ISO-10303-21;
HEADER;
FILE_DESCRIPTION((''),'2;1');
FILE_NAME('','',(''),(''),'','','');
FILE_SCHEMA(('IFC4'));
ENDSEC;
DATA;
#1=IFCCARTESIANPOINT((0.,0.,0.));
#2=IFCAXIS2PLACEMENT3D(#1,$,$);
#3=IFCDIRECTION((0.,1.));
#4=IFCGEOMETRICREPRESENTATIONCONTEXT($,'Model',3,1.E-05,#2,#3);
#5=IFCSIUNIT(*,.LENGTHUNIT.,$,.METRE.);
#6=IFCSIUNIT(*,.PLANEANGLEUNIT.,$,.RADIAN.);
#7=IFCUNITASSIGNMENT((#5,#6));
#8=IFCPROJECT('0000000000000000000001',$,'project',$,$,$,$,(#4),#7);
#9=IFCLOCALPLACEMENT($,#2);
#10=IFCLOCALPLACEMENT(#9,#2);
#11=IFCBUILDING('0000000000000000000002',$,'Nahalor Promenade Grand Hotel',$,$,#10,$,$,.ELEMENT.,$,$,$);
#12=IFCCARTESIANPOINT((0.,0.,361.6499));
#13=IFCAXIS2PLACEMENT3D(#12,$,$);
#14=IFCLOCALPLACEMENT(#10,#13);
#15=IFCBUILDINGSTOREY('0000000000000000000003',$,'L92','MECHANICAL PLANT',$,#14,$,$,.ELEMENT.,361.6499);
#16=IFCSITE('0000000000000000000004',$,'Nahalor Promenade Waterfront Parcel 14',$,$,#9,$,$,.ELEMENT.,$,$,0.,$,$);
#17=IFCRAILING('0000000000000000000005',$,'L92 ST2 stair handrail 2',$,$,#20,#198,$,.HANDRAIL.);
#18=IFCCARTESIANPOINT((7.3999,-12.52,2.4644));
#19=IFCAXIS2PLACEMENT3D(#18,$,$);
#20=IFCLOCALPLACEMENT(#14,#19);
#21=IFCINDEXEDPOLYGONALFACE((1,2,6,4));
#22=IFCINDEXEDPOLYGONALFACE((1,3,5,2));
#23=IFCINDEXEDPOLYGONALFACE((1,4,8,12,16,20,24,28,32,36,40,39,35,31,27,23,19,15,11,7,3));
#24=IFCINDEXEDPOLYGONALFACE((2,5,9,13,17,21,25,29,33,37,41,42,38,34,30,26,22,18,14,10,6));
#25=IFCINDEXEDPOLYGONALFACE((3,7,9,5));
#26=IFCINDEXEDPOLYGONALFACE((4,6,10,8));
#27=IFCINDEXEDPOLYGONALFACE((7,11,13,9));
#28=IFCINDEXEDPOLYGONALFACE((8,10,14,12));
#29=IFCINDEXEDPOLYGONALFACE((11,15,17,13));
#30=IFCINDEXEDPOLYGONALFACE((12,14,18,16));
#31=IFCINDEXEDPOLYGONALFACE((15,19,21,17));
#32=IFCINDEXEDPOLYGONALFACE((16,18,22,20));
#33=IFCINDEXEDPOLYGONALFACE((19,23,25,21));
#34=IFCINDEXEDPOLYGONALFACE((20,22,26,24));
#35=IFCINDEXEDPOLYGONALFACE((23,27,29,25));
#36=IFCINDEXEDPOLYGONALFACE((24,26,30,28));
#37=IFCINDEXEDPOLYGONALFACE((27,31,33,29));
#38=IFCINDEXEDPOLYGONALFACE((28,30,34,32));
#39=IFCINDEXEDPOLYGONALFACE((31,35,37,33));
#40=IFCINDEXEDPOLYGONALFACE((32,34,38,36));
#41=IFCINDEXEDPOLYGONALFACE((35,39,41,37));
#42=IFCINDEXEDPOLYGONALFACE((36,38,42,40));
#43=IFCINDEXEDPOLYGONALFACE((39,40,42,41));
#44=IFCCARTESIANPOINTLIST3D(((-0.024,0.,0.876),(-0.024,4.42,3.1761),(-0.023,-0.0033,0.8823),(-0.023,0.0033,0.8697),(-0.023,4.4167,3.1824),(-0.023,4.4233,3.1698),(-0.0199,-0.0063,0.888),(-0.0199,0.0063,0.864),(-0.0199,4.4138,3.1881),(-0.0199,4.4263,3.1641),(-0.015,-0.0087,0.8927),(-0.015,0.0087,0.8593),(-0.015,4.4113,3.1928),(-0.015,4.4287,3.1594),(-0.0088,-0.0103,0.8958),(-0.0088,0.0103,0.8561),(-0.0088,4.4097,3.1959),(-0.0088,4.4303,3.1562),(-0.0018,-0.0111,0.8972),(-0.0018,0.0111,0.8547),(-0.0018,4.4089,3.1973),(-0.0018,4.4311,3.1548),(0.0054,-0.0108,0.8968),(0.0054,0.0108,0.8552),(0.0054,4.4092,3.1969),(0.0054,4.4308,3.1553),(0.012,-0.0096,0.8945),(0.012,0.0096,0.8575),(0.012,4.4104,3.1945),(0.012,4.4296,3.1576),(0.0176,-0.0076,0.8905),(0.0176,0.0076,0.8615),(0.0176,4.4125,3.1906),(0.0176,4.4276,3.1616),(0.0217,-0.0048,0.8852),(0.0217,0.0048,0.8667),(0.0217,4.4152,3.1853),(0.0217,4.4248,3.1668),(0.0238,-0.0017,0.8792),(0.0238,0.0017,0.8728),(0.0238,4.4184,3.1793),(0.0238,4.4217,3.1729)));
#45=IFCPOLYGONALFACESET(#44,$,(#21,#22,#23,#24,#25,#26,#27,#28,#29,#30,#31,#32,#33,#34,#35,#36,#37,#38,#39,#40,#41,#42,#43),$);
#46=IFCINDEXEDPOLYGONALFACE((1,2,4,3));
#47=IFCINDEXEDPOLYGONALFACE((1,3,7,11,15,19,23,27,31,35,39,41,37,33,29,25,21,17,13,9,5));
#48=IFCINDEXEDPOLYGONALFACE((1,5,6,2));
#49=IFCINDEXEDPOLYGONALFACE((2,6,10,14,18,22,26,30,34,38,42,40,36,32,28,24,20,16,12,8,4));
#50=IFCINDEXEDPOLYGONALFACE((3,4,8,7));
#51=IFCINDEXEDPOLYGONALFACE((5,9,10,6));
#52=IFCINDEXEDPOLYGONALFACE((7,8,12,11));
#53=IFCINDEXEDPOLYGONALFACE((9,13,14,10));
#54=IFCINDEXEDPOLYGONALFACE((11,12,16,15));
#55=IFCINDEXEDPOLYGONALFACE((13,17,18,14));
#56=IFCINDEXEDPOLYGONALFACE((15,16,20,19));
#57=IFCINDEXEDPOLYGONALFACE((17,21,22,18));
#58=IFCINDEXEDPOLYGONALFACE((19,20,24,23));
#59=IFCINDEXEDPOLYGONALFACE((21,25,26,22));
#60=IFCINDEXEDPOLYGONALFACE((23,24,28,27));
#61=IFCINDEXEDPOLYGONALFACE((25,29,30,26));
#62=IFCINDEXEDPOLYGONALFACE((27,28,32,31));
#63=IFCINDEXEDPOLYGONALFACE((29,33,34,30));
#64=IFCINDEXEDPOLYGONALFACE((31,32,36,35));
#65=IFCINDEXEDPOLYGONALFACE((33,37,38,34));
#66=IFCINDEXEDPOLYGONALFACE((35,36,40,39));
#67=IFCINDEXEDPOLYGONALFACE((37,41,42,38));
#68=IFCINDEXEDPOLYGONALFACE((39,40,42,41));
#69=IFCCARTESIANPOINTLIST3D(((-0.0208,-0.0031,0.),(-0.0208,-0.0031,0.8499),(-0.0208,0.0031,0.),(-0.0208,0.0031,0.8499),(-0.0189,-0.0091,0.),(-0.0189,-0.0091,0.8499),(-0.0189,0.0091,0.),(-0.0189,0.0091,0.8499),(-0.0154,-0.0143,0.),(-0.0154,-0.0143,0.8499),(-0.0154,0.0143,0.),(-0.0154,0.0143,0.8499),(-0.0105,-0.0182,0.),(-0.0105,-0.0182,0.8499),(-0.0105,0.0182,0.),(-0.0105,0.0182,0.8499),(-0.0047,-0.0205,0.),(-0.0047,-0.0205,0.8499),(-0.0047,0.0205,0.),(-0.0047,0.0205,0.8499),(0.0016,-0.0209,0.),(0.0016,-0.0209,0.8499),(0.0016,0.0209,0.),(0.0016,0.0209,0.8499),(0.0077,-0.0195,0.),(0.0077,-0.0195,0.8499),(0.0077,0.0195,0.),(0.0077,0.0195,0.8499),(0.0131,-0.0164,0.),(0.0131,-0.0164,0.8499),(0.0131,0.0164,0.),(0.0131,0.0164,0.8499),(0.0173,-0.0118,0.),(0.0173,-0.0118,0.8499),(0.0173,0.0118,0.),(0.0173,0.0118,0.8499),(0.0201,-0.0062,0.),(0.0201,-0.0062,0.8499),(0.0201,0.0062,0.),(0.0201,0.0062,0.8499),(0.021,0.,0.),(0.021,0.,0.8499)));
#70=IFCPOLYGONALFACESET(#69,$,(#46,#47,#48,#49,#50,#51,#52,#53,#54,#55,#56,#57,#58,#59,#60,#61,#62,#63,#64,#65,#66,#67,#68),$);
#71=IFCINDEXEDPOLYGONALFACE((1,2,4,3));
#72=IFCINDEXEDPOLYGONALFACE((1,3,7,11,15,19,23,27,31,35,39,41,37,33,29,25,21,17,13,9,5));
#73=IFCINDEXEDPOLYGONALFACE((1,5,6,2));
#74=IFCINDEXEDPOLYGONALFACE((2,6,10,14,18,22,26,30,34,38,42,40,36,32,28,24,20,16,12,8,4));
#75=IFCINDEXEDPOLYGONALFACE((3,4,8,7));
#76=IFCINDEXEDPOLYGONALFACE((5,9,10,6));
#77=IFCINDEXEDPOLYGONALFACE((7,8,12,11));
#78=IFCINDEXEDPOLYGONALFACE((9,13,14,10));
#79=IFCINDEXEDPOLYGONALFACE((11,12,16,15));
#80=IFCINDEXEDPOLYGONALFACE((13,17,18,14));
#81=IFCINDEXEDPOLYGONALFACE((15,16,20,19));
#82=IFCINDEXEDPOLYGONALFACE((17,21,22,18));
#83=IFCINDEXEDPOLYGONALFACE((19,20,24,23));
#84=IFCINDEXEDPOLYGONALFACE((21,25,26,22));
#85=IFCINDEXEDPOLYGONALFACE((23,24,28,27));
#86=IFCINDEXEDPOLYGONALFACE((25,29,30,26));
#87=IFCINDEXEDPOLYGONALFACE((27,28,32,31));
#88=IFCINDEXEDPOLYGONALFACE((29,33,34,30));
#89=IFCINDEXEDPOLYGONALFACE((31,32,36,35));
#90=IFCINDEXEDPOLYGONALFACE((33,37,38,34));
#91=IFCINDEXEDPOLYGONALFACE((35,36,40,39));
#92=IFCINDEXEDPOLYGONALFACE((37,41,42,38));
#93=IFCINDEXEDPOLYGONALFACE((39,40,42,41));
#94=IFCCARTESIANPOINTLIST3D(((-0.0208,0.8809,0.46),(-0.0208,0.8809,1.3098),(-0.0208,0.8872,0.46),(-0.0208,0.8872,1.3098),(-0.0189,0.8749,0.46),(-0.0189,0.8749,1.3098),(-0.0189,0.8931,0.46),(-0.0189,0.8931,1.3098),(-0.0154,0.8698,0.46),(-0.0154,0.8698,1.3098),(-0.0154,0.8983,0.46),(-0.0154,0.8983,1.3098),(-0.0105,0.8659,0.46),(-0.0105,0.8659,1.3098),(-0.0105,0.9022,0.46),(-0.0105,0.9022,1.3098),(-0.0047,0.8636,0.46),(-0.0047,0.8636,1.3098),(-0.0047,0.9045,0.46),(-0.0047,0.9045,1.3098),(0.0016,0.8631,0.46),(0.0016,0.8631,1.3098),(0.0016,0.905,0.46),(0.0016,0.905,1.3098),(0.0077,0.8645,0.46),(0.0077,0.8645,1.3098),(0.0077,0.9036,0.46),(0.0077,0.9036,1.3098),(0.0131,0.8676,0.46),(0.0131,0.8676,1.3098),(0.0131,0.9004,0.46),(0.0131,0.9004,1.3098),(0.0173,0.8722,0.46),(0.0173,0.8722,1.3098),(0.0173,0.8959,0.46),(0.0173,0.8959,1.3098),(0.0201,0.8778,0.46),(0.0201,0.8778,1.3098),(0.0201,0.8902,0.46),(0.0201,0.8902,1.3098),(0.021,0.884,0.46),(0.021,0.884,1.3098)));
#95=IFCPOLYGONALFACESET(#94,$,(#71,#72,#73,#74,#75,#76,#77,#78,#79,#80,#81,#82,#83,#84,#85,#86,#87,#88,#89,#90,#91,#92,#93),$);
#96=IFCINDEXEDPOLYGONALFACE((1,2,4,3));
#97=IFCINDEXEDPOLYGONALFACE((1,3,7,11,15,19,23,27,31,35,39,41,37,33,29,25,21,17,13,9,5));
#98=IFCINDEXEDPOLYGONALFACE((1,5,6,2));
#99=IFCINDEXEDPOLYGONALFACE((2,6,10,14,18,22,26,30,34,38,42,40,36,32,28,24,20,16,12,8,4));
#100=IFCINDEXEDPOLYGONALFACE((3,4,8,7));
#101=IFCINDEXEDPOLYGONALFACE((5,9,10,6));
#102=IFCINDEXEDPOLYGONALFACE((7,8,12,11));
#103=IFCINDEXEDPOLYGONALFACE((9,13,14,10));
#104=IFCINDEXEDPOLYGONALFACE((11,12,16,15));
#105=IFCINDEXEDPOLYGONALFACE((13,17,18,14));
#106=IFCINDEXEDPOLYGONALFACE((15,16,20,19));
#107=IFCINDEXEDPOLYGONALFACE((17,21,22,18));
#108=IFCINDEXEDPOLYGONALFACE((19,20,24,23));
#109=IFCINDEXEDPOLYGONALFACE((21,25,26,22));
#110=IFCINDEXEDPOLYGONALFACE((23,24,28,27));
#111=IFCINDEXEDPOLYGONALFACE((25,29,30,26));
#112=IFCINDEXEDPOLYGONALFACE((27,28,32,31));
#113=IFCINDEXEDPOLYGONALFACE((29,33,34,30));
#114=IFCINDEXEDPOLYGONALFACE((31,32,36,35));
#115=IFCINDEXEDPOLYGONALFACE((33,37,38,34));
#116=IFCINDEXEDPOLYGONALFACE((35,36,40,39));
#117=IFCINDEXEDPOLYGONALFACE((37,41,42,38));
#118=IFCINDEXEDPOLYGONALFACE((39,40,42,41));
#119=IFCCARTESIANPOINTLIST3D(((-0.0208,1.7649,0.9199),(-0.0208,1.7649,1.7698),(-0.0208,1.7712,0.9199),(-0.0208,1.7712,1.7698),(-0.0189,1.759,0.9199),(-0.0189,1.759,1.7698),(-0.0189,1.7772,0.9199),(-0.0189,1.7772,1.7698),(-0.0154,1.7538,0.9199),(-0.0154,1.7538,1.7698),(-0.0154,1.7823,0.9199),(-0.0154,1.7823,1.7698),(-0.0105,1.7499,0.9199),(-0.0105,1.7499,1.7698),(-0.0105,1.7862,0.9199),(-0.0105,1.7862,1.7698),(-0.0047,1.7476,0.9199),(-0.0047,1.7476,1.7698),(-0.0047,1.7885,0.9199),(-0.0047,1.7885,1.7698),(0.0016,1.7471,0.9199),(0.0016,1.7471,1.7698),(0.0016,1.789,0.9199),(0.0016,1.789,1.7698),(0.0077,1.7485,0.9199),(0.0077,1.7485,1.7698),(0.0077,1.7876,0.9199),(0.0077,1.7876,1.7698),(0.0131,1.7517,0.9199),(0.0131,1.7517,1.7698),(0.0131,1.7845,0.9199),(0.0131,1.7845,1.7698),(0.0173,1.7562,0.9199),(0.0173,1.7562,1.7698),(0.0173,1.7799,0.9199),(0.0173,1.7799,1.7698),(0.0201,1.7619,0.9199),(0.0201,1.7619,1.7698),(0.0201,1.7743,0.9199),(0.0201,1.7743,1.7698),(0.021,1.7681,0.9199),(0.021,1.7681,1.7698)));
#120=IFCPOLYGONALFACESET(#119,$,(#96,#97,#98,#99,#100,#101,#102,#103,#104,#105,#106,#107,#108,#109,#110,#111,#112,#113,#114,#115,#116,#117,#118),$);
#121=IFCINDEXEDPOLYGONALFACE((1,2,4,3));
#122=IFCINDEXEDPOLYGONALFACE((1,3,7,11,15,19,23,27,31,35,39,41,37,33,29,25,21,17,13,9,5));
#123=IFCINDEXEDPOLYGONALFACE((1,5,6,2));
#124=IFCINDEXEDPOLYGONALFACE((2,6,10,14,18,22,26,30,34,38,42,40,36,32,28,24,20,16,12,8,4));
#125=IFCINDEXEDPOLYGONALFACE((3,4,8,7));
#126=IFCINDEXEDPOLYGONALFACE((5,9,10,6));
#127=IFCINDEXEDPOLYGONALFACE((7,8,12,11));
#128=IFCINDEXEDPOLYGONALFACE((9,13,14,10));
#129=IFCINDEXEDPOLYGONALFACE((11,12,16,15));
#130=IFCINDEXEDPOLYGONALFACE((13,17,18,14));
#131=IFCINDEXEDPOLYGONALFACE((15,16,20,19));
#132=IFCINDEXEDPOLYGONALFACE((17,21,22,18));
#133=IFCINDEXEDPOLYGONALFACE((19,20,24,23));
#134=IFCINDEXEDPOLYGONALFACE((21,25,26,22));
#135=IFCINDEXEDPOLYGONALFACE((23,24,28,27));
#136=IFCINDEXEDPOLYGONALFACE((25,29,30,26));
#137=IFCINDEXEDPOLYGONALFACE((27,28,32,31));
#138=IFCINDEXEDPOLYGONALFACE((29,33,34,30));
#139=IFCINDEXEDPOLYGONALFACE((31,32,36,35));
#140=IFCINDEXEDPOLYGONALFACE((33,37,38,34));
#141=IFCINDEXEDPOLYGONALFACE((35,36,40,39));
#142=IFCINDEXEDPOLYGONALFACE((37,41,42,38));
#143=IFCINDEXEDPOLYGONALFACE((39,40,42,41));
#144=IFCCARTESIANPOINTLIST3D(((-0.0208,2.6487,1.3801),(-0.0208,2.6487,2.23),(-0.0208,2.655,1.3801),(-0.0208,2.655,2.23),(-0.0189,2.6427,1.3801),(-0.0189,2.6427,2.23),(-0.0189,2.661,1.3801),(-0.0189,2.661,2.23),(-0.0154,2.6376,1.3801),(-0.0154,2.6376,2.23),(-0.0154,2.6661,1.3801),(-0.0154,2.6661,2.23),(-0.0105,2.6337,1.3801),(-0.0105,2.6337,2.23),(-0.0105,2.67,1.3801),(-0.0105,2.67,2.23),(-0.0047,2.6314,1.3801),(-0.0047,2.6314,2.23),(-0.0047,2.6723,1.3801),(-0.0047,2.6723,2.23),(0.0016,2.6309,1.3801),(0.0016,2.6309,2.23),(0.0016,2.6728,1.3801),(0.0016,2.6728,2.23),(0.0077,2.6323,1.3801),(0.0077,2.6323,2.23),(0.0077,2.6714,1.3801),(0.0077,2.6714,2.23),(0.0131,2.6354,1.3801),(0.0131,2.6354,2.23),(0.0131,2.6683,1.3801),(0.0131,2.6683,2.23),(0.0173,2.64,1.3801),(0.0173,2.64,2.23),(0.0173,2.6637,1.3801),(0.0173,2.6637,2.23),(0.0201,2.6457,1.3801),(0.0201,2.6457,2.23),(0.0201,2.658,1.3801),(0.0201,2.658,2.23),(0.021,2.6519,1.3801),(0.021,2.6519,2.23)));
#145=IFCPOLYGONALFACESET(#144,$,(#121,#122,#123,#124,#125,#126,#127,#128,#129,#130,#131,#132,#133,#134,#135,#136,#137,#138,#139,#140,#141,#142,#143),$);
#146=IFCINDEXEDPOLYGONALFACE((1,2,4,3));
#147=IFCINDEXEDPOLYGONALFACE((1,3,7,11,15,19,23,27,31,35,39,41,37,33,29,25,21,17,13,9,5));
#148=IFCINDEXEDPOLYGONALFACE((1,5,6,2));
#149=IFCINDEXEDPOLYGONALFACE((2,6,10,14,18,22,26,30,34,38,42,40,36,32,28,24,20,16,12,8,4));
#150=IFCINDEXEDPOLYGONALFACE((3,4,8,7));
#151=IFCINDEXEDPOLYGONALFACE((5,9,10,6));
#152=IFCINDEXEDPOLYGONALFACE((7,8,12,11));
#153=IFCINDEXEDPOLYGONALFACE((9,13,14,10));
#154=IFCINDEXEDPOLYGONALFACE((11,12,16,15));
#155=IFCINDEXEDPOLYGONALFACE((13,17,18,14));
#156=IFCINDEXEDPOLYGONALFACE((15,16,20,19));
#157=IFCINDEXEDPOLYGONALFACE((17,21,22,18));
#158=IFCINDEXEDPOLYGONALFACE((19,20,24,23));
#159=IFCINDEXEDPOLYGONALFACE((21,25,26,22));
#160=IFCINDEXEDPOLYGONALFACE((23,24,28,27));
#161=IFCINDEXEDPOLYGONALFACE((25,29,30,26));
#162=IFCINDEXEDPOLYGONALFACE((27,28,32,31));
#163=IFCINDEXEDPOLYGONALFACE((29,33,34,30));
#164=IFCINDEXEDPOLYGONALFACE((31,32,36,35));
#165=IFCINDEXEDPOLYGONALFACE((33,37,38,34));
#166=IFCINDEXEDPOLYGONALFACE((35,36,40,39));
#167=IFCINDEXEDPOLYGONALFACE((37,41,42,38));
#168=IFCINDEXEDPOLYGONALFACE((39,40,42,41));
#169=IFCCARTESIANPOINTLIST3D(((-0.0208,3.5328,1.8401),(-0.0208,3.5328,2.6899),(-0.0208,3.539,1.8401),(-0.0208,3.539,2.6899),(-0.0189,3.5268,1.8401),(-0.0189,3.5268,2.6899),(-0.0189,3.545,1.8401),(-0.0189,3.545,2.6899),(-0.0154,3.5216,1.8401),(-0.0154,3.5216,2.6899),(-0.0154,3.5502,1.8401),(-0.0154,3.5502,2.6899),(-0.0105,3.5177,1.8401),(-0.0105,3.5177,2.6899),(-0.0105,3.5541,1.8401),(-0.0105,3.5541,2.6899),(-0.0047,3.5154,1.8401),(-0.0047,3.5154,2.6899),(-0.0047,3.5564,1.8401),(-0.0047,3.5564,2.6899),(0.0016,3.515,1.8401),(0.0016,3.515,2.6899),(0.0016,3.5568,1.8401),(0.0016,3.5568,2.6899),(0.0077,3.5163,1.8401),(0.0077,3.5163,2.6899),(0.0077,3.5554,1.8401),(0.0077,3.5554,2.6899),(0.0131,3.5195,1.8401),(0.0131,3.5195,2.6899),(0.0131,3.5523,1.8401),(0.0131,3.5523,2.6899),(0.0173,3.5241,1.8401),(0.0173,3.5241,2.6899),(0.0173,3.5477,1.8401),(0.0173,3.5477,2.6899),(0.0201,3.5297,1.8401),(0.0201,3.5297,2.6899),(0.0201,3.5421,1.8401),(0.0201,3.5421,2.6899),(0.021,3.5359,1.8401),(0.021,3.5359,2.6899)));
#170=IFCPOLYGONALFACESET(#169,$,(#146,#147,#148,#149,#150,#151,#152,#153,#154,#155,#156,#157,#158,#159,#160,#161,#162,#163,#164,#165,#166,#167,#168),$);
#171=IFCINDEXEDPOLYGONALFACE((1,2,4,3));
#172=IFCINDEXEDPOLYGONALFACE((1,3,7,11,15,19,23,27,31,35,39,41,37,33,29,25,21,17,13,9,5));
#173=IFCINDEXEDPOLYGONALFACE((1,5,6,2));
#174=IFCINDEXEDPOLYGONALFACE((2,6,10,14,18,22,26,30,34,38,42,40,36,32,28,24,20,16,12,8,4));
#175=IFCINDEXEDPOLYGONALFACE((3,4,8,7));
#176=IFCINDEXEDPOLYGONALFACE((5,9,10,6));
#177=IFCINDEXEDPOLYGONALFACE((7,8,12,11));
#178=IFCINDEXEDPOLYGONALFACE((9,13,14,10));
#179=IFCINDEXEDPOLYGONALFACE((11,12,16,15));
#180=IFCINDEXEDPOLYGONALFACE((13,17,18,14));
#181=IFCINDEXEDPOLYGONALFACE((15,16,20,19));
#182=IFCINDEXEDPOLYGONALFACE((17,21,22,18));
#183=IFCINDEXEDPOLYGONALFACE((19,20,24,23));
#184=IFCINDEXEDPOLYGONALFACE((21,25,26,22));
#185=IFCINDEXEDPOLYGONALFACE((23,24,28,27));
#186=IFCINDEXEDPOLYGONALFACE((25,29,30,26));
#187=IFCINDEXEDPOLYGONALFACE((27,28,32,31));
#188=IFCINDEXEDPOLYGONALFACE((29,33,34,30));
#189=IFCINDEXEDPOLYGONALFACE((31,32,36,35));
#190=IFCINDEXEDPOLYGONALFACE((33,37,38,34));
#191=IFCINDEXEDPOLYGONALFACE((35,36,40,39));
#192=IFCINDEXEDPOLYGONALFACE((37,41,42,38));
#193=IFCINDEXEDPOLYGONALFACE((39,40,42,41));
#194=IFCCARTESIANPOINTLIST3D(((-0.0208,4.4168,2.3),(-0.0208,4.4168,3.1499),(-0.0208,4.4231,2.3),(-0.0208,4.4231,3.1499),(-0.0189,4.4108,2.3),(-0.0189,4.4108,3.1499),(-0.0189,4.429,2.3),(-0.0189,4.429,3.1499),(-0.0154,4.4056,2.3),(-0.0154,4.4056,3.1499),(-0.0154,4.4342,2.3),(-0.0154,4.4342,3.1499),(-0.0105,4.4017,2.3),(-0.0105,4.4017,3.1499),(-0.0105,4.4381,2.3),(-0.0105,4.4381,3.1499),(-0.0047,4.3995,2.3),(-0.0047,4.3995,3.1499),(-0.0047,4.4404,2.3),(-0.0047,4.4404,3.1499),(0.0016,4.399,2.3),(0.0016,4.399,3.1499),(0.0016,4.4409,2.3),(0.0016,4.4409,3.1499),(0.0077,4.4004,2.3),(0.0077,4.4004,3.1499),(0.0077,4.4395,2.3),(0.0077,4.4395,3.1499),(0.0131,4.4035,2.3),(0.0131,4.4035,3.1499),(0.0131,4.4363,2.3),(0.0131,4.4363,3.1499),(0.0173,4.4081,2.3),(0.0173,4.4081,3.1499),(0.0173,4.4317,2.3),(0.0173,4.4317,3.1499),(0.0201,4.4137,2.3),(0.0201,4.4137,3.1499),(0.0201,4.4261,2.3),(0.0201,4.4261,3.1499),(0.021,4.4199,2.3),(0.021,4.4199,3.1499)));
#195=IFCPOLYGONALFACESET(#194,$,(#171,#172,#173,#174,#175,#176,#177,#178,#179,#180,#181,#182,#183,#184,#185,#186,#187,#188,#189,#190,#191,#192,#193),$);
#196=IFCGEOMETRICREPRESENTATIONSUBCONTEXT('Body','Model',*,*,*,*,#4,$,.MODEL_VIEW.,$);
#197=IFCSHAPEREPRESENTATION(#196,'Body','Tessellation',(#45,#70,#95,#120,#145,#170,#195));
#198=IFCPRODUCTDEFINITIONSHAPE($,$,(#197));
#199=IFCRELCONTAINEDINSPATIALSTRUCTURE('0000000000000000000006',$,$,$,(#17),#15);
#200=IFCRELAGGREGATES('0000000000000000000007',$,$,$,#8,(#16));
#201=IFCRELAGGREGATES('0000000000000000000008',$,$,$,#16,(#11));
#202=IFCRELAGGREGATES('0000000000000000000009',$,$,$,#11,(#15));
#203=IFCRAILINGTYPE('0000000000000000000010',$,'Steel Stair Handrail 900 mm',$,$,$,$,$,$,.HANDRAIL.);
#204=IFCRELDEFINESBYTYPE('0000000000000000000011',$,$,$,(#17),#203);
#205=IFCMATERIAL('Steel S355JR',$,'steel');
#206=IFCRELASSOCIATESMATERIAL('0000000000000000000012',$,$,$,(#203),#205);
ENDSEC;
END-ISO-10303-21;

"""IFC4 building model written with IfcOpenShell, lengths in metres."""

from ifc_helpers import new_model, si_unit, direction, frame, origin, origin_2d, place, context, subcontext, project, spatial, circle, extrude, material, type_object, element, save


model = new_model("IFC4")

# Units and contexts
model_context = context("Model", 3, precision=1e-05, world=origin(), true_north=direction((0.0, 1.0)))
body_context = subcontext(model_context, "Body", "Model", "MODEL_VIEW")
ifc_project = project(units=[si_unit("LENGTHUNIT", "METRE"), si_unit("PLANEANGLEUNIT", "RADIAN")], contexts=[model_context])

# Site, building, storey
site_placement = place(None, origin())
site = spatial("IfcSite", under=ifc_project, at=site_placement, Name="Nahalor Promenade Waterfront Parcel 14", CompositionType="ELEMENT", RefElevation=0.0)
building_placement = place(site_placement, origin())
building = spatial("IfcBuilding", under=site, at=building_placement, Name="Nahalor Promenade Grand Hotel", CompositionType="ELEMENT")
storey_placement = place(building_placement, frame((0.0, 0.0, 361.6499)))
storey = spatial("IfcBuildingStorey", under=building, at=storey_placement, Name="L92", Description="MECHANICAL PLANT", CompositionType="ELEMENT", Elevation=361.6499)

# Shared definitions
ifc_material_1 = material(Name="Steel S355JR", Category="steel")

# Railing
railing_type_1 = type_object("IfcRailingType", Name="Steel Stair Handrail 900 mm", PredefinedType="HANDRAIL", material=ifc_material_1)
railing_1_placement = place(storey_placement, frame((7.3999, -12.52, 2.4644)))
element("IfcRailing", 1, at=railing_1_placement, inside=storey, type_object=railing_type_1, Name="L92 ST2 stair handrail 2", PredefinedType="HANDRAIL", context=body_context, shape_type="SweptSolid", body=[
    extrude(circle(Radius=0.024, at=origin_2d()), frame((0.0, 0.0, 0.876), z_axis=(0.0, 0.887078, 0.46162), x_axis=(-1.0, 0.0, 0.0)), (0.0, 0.0, 1.0), 4.9827),
    extrude(circle(Radius=0.021, at=origin_2d()), origin(), (0.0, 0.0, 1.0), 0.8499),
    extrude(circle(Radius=0.021, at=origin_2d()), frame((0.0, 0.884, 0.46)), (0.0, 0.0, 1.0), 0.8499),
    extrude(circle(Radius=0.021, at=origin_2d()), frame((0.0, 1.7681, 0.9199)), (0.0, 0.0, 1.0), 0.8499),
    extrude(circle(Radius=0.021, at=origin_2d()), frame((0.0, 2.6519, 1.3801)), (0.0, 0.0, 1.0), 0.8499),
    extrude(circle(Radius=0.021, at=origin_2d()), frame((0.0, 3.5359, 1.8401)), (0.0, 0.0, 1.0), 0.8499),
    extrude(circle(Radius=0.021, at=origin_2d()), frame((0.0, 4.4199, 2.3)), (0.0, 0.0, 1.0), 0.8499),
])

save(model, "model.ifc")
